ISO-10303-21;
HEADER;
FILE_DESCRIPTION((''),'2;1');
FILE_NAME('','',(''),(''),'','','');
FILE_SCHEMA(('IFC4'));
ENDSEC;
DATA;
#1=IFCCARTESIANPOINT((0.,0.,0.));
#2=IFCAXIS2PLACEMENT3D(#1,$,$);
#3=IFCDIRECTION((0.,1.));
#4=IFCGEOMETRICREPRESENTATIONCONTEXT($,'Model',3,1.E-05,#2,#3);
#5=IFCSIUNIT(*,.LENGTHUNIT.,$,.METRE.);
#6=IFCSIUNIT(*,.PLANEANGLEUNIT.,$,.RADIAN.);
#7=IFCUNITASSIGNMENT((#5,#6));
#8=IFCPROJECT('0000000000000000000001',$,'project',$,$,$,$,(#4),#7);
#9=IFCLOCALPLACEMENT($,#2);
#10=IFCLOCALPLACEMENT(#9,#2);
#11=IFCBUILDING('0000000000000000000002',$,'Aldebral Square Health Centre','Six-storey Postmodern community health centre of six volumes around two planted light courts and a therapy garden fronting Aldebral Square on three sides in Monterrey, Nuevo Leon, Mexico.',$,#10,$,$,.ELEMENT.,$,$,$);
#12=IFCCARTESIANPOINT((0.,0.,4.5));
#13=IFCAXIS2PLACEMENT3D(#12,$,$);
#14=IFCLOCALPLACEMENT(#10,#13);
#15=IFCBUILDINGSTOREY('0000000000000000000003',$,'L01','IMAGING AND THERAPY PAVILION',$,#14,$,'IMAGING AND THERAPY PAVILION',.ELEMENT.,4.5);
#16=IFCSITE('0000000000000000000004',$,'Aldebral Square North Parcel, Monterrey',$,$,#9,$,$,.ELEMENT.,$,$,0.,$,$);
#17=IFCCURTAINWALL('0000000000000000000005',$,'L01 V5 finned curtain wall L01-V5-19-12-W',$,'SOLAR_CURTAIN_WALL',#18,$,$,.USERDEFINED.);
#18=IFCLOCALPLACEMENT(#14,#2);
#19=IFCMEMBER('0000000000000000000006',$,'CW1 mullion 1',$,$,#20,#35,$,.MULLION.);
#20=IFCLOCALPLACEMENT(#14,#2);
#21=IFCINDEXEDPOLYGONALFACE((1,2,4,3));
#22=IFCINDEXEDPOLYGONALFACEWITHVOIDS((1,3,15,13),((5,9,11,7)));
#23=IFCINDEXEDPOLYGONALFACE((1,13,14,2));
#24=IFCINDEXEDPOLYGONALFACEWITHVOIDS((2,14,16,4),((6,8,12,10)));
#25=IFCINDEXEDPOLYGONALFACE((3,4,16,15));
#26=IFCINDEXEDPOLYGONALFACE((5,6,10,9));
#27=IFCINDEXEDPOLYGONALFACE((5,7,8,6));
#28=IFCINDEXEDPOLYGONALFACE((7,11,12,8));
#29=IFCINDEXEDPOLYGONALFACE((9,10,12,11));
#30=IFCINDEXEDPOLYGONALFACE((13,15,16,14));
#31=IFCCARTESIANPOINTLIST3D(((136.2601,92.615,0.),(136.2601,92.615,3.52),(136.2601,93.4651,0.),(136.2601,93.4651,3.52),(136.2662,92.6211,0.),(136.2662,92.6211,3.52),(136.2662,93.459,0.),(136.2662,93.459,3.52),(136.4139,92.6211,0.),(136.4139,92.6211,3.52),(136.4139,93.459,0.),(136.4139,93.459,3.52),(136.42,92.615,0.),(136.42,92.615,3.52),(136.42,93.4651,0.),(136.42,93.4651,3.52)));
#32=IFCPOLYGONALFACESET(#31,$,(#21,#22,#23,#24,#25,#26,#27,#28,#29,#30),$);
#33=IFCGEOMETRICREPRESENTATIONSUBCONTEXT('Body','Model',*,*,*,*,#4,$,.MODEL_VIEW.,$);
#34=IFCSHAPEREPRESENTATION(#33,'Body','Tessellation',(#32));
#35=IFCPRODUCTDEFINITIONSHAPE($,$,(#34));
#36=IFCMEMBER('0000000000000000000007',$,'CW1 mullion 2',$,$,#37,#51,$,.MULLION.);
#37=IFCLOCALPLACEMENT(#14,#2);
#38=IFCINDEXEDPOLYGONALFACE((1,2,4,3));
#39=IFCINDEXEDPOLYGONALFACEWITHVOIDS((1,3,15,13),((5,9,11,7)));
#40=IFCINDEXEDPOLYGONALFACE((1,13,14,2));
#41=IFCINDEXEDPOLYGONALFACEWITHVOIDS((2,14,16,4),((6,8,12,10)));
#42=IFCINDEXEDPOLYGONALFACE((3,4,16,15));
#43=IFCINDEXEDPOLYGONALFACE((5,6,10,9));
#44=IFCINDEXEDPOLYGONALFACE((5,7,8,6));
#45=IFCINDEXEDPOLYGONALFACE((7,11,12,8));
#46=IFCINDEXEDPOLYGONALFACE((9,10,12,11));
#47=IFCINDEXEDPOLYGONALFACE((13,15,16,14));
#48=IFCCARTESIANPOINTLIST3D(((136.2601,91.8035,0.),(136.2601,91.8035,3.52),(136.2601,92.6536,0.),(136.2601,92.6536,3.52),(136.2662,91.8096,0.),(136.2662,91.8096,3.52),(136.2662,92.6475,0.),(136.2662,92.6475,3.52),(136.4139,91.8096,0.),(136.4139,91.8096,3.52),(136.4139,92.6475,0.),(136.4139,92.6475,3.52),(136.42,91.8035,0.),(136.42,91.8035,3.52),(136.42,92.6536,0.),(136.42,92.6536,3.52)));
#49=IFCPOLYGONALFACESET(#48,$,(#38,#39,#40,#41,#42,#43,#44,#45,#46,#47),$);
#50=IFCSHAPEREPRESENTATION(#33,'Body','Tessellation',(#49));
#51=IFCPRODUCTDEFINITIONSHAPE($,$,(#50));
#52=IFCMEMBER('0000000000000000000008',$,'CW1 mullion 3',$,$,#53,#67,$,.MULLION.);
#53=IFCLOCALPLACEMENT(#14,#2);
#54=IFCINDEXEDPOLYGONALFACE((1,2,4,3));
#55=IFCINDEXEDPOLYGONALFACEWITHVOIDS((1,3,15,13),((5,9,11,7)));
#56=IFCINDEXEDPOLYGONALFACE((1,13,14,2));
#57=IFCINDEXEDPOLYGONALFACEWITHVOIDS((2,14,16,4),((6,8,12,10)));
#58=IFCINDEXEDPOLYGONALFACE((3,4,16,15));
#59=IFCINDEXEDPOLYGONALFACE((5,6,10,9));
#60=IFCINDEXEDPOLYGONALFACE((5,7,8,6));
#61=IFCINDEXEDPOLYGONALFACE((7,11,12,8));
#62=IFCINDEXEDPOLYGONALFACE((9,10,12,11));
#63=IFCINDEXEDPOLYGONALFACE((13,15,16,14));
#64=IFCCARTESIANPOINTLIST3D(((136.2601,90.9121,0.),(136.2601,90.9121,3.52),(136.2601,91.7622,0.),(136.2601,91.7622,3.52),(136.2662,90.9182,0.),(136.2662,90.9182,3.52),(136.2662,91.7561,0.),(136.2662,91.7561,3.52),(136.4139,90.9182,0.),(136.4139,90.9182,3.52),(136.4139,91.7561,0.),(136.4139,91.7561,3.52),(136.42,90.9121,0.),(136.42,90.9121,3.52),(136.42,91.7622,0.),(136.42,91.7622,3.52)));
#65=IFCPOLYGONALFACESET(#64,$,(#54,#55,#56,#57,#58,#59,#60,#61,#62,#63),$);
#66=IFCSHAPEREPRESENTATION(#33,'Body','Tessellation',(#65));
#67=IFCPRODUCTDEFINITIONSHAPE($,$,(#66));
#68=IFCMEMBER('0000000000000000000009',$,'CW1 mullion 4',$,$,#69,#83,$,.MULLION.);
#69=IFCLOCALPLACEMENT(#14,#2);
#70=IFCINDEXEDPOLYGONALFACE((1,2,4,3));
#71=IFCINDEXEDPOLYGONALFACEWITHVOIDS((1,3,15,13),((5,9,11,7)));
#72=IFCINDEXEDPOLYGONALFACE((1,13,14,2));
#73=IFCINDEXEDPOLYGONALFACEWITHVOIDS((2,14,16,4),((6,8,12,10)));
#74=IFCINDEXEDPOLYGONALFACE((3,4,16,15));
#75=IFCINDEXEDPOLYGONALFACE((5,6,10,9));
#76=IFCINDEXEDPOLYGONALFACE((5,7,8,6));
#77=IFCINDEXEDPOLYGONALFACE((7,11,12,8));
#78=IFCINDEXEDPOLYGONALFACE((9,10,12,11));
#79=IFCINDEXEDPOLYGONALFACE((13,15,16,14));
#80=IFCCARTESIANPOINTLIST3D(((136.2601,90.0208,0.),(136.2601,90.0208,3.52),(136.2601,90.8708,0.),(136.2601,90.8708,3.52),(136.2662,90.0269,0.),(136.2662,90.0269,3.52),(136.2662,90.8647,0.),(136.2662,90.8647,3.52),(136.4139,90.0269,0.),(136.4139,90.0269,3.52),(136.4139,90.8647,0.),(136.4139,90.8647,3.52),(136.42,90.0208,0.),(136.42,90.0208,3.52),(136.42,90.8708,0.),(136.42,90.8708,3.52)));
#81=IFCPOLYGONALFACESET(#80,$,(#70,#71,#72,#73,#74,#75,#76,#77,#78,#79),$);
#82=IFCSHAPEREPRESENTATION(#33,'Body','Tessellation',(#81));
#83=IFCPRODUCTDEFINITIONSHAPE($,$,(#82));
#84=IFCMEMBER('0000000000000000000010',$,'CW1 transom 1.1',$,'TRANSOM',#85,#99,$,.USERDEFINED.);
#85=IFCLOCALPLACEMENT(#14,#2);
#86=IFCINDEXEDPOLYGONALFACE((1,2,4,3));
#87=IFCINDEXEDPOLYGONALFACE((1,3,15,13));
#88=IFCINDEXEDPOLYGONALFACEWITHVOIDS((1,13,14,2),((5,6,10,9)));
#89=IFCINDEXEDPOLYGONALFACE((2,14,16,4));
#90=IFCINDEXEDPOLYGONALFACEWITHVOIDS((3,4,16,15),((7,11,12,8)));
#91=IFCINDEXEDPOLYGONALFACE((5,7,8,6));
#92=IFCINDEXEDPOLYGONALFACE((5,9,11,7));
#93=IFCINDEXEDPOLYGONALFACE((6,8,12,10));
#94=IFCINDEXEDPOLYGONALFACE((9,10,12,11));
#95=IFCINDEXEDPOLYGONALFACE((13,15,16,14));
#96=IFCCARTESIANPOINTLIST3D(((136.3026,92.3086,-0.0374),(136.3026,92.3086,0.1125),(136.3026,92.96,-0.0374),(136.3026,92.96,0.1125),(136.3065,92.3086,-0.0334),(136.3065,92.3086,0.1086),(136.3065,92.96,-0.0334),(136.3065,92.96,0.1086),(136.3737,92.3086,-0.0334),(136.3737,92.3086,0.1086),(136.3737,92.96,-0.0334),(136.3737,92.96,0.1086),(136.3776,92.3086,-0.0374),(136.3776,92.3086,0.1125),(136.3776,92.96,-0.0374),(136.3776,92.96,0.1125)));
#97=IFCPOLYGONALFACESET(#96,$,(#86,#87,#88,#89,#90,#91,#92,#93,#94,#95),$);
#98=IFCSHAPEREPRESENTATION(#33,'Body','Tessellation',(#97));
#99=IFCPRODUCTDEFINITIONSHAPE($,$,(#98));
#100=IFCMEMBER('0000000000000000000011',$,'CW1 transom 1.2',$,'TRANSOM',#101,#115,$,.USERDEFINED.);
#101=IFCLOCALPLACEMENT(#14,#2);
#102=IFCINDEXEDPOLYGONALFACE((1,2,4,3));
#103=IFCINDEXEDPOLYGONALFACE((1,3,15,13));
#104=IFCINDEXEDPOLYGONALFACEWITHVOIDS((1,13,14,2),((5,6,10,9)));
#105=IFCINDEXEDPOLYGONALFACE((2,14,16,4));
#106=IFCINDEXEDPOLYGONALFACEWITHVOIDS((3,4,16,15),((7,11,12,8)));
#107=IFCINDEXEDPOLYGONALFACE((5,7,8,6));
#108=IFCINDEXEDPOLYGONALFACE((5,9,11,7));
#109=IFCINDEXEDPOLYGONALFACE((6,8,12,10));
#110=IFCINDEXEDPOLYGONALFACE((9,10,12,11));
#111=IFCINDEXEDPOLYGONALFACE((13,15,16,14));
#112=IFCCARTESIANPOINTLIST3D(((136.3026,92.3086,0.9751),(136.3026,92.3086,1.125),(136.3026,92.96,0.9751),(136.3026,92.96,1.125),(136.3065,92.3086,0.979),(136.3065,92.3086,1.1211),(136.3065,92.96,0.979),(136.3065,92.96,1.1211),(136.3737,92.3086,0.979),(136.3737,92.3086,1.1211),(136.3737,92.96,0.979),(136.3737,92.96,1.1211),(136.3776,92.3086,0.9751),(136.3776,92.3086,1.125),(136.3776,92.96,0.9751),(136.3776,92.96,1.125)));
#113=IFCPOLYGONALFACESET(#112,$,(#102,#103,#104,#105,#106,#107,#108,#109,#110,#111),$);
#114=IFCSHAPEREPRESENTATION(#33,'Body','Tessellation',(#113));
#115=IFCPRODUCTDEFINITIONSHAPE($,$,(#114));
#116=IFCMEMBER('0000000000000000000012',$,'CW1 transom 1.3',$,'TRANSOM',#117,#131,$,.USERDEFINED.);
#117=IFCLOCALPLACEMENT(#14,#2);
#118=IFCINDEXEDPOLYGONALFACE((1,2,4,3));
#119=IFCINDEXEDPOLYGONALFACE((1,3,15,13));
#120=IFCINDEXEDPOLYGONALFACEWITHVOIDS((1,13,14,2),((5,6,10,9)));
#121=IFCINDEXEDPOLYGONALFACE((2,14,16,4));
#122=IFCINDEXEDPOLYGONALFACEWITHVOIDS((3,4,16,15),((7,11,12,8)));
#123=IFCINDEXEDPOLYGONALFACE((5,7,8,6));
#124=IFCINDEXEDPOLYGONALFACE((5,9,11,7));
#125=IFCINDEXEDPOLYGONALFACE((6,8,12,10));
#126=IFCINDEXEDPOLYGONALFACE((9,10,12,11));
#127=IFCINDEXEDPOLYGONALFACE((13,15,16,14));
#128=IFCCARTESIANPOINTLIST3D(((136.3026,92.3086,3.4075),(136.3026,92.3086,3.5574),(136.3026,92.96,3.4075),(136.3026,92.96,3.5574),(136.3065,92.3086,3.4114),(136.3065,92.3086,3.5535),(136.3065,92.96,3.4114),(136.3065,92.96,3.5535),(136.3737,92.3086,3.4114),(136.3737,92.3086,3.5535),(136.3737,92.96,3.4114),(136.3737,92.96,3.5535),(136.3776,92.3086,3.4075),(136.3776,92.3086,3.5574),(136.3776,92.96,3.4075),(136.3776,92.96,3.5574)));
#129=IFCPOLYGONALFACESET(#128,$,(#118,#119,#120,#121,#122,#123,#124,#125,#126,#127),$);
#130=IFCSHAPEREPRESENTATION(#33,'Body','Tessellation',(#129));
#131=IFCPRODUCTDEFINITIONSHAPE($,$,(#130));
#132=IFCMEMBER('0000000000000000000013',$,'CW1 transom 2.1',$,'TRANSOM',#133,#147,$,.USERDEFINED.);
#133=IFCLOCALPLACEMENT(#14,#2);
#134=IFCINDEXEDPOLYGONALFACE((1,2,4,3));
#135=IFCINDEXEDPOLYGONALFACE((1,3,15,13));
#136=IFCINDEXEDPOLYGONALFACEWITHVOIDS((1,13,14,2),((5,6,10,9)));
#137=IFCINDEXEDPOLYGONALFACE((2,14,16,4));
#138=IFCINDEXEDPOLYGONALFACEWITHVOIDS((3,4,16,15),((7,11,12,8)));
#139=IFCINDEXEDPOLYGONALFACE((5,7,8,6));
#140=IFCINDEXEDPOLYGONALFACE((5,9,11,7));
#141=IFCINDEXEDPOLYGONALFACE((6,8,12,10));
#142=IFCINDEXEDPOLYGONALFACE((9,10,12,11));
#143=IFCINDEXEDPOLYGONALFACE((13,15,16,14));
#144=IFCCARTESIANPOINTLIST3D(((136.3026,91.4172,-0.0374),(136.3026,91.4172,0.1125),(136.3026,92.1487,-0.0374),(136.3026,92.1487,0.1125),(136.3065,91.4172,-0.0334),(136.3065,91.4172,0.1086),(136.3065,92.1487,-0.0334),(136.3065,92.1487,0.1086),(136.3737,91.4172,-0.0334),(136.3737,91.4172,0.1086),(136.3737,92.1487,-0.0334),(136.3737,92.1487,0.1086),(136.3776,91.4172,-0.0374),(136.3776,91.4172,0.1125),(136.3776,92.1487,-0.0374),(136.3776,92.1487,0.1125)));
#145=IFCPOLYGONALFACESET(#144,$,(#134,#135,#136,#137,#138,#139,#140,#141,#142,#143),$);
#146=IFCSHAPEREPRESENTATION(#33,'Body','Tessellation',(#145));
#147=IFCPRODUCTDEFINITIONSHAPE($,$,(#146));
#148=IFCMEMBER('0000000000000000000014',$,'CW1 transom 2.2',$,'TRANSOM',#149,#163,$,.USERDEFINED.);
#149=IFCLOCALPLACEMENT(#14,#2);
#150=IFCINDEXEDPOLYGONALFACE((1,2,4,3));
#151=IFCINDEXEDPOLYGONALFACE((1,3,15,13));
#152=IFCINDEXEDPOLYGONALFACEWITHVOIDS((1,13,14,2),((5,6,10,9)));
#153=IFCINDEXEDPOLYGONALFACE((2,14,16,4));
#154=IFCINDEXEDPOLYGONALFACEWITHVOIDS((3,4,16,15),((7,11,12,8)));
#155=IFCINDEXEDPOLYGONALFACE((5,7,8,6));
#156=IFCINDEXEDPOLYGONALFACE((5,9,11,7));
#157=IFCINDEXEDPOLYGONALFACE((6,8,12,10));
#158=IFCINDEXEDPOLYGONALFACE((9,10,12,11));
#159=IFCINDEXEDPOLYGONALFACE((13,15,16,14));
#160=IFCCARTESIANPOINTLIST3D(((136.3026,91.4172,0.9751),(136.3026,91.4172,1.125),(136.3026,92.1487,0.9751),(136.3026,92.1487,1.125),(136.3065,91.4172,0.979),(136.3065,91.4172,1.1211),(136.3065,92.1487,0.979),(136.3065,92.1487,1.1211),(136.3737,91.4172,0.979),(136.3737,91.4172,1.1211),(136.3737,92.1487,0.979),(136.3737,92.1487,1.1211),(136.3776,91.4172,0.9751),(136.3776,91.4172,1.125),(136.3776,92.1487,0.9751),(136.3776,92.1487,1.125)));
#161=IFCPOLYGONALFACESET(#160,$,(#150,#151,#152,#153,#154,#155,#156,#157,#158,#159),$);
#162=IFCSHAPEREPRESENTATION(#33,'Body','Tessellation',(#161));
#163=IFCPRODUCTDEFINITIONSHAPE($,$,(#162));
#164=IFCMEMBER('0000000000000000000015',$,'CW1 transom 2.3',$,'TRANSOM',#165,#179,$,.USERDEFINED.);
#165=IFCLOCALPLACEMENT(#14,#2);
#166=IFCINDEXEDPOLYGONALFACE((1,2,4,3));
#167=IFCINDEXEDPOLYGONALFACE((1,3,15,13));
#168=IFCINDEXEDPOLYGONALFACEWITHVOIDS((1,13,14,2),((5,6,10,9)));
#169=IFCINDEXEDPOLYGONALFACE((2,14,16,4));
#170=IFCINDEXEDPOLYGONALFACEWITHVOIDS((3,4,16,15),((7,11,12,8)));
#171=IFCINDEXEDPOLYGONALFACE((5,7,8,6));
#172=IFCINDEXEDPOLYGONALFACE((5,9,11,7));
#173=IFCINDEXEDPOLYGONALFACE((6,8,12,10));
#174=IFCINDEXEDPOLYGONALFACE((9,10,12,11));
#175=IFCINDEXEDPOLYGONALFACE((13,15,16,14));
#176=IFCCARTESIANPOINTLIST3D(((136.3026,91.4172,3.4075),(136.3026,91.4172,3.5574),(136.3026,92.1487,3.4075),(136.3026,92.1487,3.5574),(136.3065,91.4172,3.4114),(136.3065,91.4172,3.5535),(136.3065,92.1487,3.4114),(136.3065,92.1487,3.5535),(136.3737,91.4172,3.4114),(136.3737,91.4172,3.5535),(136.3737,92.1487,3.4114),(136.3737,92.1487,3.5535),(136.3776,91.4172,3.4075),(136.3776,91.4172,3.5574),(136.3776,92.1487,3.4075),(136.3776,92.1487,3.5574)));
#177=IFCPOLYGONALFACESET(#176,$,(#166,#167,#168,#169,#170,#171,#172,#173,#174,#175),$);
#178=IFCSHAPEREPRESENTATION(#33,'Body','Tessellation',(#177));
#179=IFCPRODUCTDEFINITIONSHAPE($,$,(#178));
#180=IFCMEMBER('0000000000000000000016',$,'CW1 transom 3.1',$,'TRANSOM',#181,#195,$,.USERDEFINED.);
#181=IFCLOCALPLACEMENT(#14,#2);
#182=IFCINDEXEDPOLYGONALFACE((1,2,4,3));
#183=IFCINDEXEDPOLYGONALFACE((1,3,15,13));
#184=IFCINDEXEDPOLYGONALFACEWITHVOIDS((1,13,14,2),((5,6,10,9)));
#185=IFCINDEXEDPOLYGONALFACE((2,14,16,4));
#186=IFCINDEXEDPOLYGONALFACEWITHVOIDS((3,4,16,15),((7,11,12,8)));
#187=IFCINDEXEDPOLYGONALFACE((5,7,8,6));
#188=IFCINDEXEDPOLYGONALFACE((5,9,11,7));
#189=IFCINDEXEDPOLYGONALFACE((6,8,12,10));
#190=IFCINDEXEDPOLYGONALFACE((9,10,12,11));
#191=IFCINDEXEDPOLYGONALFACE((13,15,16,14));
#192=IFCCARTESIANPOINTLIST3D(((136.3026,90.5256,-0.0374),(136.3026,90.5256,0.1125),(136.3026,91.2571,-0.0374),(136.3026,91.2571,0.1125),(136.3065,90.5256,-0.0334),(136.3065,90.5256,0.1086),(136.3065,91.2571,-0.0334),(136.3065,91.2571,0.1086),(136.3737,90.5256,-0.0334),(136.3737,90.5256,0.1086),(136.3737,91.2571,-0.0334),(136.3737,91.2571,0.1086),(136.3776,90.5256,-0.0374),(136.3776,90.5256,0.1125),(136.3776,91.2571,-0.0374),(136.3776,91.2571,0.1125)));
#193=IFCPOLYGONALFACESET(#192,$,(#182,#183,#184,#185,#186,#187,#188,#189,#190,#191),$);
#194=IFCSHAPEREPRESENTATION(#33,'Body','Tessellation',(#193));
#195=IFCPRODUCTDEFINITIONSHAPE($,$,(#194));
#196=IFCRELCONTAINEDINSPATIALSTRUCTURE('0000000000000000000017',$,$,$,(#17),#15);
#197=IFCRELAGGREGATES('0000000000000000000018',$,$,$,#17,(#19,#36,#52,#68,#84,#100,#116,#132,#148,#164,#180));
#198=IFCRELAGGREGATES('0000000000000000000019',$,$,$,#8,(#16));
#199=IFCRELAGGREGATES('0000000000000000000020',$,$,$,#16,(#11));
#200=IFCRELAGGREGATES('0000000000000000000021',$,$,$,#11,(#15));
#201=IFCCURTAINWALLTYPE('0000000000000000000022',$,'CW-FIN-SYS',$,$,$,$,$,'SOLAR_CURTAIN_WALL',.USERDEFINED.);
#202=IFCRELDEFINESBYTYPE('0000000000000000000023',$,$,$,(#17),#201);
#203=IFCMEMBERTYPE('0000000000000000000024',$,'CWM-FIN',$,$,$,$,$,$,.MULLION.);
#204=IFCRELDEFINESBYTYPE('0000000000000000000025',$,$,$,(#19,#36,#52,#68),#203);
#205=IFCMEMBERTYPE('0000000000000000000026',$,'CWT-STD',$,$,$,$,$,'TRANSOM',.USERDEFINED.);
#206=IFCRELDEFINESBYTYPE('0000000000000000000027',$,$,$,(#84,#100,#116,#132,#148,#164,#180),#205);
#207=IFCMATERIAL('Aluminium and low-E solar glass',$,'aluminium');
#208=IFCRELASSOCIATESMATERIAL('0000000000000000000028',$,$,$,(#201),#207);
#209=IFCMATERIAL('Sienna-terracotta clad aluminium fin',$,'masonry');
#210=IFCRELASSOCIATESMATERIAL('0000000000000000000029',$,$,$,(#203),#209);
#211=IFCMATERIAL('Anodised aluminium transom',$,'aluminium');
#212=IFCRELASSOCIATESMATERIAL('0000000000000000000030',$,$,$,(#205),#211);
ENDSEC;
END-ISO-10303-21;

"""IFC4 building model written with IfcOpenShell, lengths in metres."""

from ifc_helpers import new_model, si_unit, direction, frame, origin, origin_2d, place, context, subcontext, project, spatial, hollow_rectangle, extrude, material, material_profile, profile_set, type_object, element, aggregate, save


model = new_model("IFC4")

# Units and contexts
model_context = context("Model", 3, precision=1e-05, world=origin(), true_north=direction((0.0, 1.0)))
body_context = subcontext(model_context, "Body", "Model", "MODEL_VIEW")
ifc_project = project(units=[si_unit("LENGTHUNIT", "METRE"), si_unit("PLANEANGLEUNIT", "RADIAN")], contexts=[model_context])

# Site, building, storey
site_placement = place(None, origin())
site = spatial("IfcSite", under=ifc_project, at=site_placement, Name="Aldebral Square North Parcel, Monterrey", CompositionType="ELEMENT", RefElevation=0.0)
building_placement = place(site_placement, origin())
building = spatial("IfcBuilding", under=site, at=building_placement, Name="Aldebral Square Health Centre", Description="Six-storey Postmodern community health centre of six volumes around two planted light courts and a therapy garden fronting Aldebral Square on three sides in Monterrey, Nuevo Leon, Mexico.", CompositionType="ELEMENT")
storey_placement = place(building_placement, frame((0.0, 0.0, 4.5)))
storey = spatial("IfcBuildingStorey", under=building, at=storey_placement, Name="L01", Description="IMAGING AND THERAPY PAVILION", LongName="IMAGING AND THERAPY PAVILION", CompositionType="ELEMENT", Elevation=4.5)

# Curtain wall, members
ifc_material_1 = material(Name="Aluminium and low-E solar glass", Category="aluminium")
curtain_wall_type = type_object("IfcCurtainWallType", Name="CW-FIN-SYS", ElementType="SOLAR_CURTAIN_WALL", PredefinedType="USERDEFINED", material=ifc_material_1)
curtain_wall_placement = place(storey_placement, origin())
curtain_wall = element("IfcCurtainWall", 1, at=curtain_wall_placement, inside=storey, type_object=curtain_wall_type, Name="L01 V5 finned curtain wall L01-V5-19-12-W", ObjectType="SOLAR_CURTAIN_WALL", PredefinedType="USERDEFINED")
ifc_material_2 = material(Name="Sienna-terracotta clad aluminium fin", Category="masonry")
ifc_material_profile_1 = material_profile(ifc_material_2, hollow_rectangle(XDim=0.1599, YDim=0.8501, WallThickness=0.0061, at=origin_2d()), Name="FIN 160x850x6")
ifc_profile_set_1 = profile_set([ifc_material_profile_1], Name="Sienna-terracotta clad aluminium fin")
member_type_1 = type_object("IfcMemberType", Name="CWM-FIN", PredefinedType="MULLION", material=ifc_profile_set_1)
member_1_placement = place(storey_placement, frame((136.3401, 93.04, 0.0), z_axis=(0.0, 0.0, 1.0), x_axis=(1.0, 0.0, 0.0)))
member_1 = element("IfcMember", 2, at=member_1_placement, type_object=member_type_1, Name="CW1 mullion 1", PredefinedType="MULLION", context=body_context, shape_type="SweptSolid", body=[
    extrude(hollow_rectangle(XDim=0.1599, YDim=0.8501, WallThickness=0.0061, at=origin_2d()), origin(), (0.0, 0.0, 1.0), 3.52),
])
member_2_placement = place(storey_placement, frame((136.3401, 92.2285, 0.0), z_axis=(0.0, 0.0, 1.0), x_axis=(1.0, 0.0, 0.0)))
member_2 = element("IfcMember", 3, at=member_2_placement, type_object=member_type_1, Name="CW1 mullion 2", PredefinedType="MULLION", context=body_context, shape_type="SweptSolid", body=[
    extrude(hollow_rectangle(XDim=0.1599, YDim=0.8501, WallThickness=0.0061, at=origin_2d()), origin(), (0.0, 0.0, 1.0), 3.52),
])
member_3_placement = place(storey_placement, frame((136.3401, 91.3372, 0.0), z_axis=(0.0, 0.0, 1.0), x_axis=(1.0, 0.0, 0.0)))
member_3 = element("IfcMember", 4, at=member_3_placement, type_object=member_type_1, Name="CW1 mullion 3", PredefinedType="MULLION", context=body_context, shape_type="SweptSolid", body=[
    extrude(hollow_rectangle(XDim=0.1599, YDim=0.8501, WallThickness=0.0061, at=origin_2d()), origin(), (0.0, 0.0, 1.0), 3.52),
])
member_4_placement = place(storey_placement, frame((136.3401, 90.4458, 0.0), z_axis=(0.0, 0.0, 1.0), x_axis=(1.0, 0.0, 0.0)))
member_4 = element("IfcMember", 5, at=member_4_placement, type_object=member_type_1, Name="CW1 mullion 4", PredefinedType="MULLION", context=body_context, shape_type="SweptSolid", body=[
    extrude(hollow_rectangle(XDim=0.1599, YDim=0.8501, WallThickness=0.0061, at=origin_2d()), origin(), (0.0, 0.0, 1.0), 3.52),
])
ifc_material_3 = material(Name="Anodised aluminium transom", Category="aluminium")
ifc_material_profile_2 = material_profile(ifc_material_3, hollow_rectangle(XDim=0.075, YDim=0.1499, WallThickness=0.0039, at=origin_2d()), Name="CWT 75x150x4")
ifc_profile_set_2 = profile_set([ifc_material_profile_2], Name="Anodised aluminium transom")
member_type_2 = type_object("IfcMemberType", Name="CWT-STD", ElementType="TRANSOM", PredefinedType="USERDEFINED", material=ifc_profile_set_2)
member_5_placement = place(storey_placement, frame((136.3401, 92.96, 0.0376), z_axis=(0.0, -1.0, 0.0), x_axis=(1.0, 0.0, 0.0)))
member_5 = element("IfcMember", 6, at=member_5_placement, type_object=member_type_2, Name="CW1 transom 1.1", ObjectType="TRANSOM", PredefinedType="USERDEFINED", context=body_context, shape_type="SweptSolid", body=[
    extrude(hollow_rectangle(XDim=0.075, YDim=0.1499, WallThickness=0.0039, at=origin_2d()), origin(), (0.0, 0.0, 1.0), 0.6514),
])
member_6_placement = place(storey_placement, frame((136.3401, 92.96, 1.05), z_axis=(0.0, -1.0, 0.0), x_axis=(1.0, 0.0, 0.0)))
member_6 = element("IfcMember", 7, at=member_6_placement, type_object=member_type_2, Name="CW1 transom 1.2", ObjectType="TRANSOM", PredefinedType="USERDEFINED", context=body_context, shape_type="SweptSolid", body=[
    extrude(hollow_rectangle(XDim=0.075, YDim=0.1499, WallThickness=0.0039, at=origin_2d()), origin(), (0.0, 0.0, 1.0), 0.6514),
])
member_7_placement = place(storey_placement, frame((136.3401, 92.96, 3.4824), z_axis=(0.0, -1.0, 0.0), x_axis=(1.0, 0.0, 0.0)))
member_7 = element("IfcMember", 8, at=member_7_placement, type_object=member_type_2, Name="CW1 transom 1.3", ObjectType="TRANSOM", PredefinedType="USERDEFINED", context=body_context, shape_type="SweptSolid", body=[
    extrude(hollow_rectangle(XDim=0.075, YDim=0.1499, WallThickness=0.0039, at=origin_2d()), origin(), (0.0, 0.0, 1.0), 0.6514),
])
member_8_placement = place(storey_placement, frame((136.3401, 92.1487, 0.0376), z_axis=(0.0, -1.0, 0.0), x_axis=(1.0, 0.0, 0.0)))
member_8 = element("IfcMember", 9, at=member_8_placement, type_object=member_type_2, Name="CW1 transom 2.1", ObjectType="TRANSOM", PredefinedType="USERDEFINED", context=body_context, shape_type="SweptSolid", body=[
    extrude(hollow_rectangle(XDim=0.075, YDim=0.1499, WallThickness=0.0039, at=origin_2d()), origin(), (0.0, 0.0, 1.0), 0.7314),
])
member_9_placement = place(storey_placement, frame((136.3401, 92.1487, 1.05), z_axis=(0.0, -1.0, 0.0), x_axis=(1.0, 0.0, 0.0)))
member_9 = element("IfcMember", 10, at=member_9_placement, type_object=member_type_2, Name="CW1 transom 2.2", ObjectType="TRANSOM", PredefinedType="USERDEFINED", context=body_context, shape_type="SweptSolid", body=[
    extrude(hollow_rectangle(XDim=0.075, YDim=0.1499, WallThickness=0.0039, at=origin_2d()), origin(), (0.0, 0.0, 1.0), 0.7314),
])
member_10_placement = place(storey_placement, frame((136.3401, 92.1487, 3.4824), z_axis=(0.0, -1.0, 0.0), x_axis=(1.0, 0.0, 0.0)))
member_10 = element("IfcMember", 11, at=member_10_placement, type_object=member_type_2, Name="CW1 transom 2.3", ObjectType="TRANSOM", PredefinedType="USERDEFINED", context=body_context, shape_type="SweptSolid", body=[
    extrude(hollow_rectangle(XDim=0.075, YDim=0.1499, WallThickness=0.0039, at=origin_2d()), origin(), (0.0, 0.0, 1.0), 0.7314),
])
member_11_placement = place(storey_placement, frame((136.3401, 91.2571, 0.0376), z_axis=(0.0, -1.0, 0.0), x_axis=(1.0, 0.0, 0.0)))
member_11 = element("IfcMember", 12, at=member_11_placement, type_object=member_type_2, Name="CW1 transom 3.1", ObjectType="TRANSOM", PredefinedType="USERDEFINED", context=body_context, shape_type="SweptSolid", body=[
    extrude(hollow_rectangle(XDim=0.075, YDim=0.1499, WallThickness=0.0039, at=origin_2d()), origin(), (0.0, 0.0, 1.0), 0.7314),
])
aggregate(curtain_wall, [member_1, member_2, member_3, member_4, member_5, member_6, member_7, member_8, member_9, member_10, member_11])

save(model, "model.ifc")
